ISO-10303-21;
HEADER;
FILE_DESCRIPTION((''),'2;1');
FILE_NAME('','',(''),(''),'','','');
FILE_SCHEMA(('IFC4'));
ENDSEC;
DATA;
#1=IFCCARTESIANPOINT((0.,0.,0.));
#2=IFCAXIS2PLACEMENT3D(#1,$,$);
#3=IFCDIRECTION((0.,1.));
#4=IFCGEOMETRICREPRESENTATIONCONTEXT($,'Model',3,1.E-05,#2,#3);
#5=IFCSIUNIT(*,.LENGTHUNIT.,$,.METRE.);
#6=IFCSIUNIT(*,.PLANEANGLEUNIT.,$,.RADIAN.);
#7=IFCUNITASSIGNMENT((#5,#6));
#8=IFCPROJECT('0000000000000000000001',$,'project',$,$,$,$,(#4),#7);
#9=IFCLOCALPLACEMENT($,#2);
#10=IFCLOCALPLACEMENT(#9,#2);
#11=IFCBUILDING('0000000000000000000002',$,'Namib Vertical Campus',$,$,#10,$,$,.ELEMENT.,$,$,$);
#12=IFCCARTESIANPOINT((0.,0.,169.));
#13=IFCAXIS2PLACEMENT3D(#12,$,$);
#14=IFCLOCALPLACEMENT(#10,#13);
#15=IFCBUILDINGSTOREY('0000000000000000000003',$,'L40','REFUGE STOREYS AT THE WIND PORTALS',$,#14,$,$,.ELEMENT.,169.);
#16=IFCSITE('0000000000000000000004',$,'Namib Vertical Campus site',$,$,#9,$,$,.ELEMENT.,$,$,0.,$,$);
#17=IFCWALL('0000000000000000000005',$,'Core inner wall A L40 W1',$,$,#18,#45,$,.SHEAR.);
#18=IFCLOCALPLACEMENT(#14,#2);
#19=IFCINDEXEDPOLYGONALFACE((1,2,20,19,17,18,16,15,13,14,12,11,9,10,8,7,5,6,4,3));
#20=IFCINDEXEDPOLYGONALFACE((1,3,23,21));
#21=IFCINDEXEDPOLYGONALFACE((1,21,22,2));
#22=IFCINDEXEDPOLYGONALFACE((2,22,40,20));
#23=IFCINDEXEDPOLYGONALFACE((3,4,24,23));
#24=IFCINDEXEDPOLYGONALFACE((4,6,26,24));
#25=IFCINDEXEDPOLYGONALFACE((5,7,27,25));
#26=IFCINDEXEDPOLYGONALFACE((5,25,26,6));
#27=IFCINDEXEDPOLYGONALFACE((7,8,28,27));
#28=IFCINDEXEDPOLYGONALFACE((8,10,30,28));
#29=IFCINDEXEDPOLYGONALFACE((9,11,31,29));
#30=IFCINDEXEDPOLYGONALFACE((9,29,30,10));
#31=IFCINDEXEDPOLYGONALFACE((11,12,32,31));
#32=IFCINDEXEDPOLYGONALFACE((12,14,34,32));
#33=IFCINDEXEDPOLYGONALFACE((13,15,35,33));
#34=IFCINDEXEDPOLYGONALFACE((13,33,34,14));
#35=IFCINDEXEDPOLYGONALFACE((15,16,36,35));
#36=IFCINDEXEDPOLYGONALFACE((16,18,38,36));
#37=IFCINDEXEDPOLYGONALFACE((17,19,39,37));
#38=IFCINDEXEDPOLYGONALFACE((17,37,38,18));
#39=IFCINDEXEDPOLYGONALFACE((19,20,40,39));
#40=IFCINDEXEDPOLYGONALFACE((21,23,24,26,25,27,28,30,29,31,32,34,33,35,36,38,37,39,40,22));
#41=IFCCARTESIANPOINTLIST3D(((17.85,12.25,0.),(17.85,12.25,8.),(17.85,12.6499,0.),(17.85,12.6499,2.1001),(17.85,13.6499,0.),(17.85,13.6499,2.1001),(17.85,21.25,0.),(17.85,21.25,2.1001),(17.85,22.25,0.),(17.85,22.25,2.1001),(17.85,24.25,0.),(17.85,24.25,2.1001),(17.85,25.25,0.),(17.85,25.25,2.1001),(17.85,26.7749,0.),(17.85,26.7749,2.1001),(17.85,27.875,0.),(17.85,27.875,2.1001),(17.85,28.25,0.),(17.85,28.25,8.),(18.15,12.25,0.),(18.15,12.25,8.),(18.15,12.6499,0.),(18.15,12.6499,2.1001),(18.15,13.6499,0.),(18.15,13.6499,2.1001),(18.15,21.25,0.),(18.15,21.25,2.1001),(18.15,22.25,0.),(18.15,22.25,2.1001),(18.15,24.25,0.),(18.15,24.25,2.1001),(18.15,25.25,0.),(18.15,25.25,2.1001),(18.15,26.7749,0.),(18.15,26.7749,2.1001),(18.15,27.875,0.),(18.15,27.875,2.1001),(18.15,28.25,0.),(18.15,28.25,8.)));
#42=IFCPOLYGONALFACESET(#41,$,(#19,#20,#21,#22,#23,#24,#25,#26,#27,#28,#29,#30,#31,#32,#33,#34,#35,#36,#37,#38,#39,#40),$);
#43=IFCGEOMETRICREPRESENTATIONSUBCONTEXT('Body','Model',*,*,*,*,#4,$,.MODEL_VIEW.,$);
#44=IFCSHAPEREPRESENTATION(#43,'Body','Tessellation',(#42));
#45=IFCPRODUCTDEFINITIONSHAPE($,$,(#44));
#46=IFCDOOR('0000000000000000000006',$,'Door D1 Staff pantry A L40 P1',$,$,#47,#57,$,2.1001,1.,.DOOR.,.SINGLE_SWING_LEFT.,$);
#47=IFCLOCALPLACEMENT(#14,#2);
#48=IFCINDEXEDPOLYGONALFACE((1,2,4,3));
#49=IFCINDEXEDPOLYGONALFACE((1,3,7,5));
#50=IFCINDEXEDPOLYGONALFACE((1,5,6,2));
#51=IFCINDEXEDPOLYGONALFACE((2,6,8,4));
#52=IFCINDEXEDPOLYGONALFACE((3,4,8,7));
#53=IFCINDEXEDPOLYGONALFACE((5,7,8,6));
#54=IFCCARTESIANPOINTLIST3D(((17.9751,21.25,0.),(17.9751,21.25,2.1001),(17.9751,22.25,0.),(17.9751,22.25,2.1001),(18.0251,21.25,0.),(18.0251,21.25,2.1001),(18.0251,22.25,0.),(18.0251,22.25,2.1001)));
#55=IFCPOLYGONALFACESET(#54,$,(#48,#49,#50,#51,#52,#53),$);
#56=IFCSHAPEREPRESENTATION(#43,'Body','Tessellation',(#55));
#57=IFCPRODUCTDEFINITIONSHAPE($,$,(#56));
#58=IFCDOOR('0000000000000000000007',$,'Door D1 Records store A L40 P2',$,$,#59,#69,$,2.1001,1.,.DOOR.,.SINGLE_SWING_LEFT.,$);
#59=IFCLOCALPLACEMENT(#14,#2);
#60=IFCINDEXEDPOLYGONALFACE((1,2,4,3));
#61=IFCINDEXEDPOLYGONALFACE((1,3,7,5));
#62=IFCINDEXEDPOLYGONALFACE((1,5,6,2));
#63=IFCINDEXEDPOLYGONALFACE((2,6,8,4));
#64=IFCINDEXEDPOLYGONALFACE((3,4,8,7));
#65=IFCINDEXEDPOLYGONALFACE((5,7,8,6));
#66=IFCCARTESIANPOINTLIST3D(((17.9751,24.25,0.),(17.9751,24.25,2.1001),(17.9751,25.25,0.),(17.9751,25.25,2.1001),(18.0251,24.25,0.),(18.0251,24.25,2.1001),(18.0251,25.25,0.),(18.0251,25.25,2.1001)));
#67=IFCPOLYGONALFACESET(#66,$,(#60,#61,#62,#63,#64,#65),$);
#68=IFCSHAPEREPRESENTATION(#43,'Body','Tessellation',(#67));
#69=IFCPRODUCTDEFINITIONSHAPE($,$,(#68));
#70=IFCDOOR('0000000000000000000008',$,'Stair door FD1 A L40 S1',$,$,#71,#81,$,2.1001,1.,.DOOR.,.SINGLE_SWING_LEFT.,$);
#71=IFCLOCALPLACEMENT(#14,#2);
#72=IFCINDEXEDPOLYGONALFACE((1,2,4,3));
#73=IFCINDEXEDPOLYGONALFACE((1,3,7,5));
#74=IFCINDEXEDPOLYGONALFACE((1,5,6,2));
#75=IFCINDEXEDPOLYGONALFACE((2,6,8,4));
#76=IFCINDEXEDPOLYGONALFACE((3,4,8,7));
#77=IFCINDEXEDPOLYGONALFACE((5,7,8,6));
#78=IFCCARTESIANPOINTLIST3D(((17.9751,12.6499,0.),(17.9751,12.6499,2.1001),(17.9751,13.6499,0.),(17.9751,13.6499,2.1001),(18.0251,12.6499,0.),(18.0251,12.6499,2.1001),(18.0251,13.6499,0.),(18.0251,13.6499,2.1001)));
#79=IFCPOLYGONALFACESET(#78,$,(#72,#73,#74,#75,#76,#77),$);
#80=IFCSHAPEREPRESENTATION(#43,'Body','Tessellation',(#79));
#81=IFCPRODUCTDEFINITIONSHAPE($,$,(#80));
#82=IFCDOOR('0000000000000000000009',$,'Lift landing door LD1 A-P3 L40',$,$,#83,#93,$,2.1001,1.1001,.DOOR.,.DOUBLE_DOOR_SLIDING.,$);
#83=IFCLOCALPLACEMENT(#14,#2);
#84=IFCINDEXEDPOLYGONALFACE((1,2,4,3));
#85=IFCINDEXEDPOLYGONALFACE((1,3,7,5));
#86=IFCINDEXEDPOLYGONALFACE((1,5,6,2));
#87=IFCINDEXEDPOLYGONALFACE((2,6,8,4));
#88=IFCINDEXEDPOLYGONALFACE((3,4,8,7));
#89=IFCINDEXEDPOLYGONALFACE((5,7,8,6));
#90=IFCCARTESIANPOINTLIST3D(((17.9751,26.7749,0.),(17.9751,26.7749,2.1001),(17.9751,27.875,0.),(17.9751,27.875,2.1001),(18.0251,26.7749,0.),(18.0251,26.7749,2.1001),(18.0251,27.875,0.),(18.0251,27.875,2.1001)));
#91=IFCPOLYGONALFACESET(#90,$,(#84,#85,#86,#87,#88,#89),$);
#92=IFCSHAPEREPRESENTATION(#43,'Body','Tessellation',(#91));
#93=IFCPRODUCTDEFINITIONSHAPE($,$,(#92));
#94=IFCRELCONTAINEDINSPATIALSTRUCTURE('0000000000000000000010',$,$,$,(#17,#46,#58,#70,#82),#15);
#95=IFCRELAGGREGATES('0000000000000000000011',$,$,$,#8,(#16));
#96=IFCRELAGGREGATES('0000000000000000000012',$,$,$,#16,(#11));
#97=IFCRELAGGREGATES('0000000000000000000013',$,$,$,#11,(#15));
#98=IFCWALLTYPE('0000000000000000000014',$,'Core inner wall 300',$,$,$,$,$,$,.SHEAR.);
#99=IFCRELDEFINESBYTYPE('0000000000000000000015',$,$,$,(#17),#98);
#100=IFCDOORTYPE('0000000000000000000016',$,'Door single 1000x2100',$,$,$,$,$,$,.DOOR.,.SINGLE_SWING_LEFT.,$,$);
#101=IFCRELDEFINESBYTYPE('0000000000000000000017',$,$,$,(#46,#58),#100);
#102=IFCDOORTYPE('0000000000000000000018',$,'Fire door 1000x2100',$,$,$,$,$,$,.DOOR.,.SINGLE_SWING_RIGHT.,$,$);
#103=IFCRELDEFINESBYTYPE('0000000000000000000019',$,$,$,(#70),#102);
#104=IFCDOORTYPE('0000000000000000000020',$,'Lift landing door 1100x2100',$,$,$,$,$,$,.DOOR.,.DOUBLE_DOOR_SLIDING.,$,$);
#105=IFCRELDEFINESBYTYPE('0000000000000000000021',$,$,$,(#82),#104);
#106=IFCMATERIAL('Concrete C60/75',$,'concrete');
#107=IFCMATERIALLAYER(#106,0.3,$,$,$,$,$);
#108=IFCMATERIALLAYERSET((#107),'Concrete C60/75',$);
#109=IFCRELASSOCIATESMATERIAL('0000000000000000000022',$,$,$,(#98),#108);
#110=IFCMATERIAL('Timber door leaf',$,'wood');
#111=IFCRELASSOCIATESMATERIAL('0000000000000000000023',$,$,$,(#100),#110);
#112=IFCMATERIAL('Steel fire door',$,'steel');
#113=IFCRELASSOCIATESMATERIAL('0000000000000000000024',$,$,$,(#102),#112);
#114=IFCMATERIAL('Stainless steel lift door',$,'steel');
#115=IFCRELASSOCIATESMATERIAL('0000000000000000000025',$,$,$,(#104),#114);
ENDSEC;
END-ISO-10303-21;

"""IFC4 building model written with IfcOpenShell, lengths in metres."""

from ifc_helpers import new_model, si_unit, direction, frame, frame_2d, origin, place, context, subcontext, project, spatial, rectangle, extrude, material, layer, layer_set, type_object, element, fill, save


model = new_model("IFC4")

# Units and contexts
model_context = context("Model", 3, precision=1e-05, world=origin(), true_north=direction((0.0, 1.0)))
body_context = subcontext(model_context, "Body", "Model", "MODEL_VIEW")
ifc_project = project(units=[si_unit("LENGTHUNIT", "METRE"), si_unit("PLANEANGLEUNIT", "RADIAN")], contexts=[model_context])

# Site, building, storey
site_placement = place(None, origin())
site = spatial("IfcSite", under=ifc_project, at=site_placement, Name="Namib Vertical Campus site", CompositionType="ELEMENT", RefElevation=0.0)
building_placement = place(site_placement, origin())
building = spatial("IfcBuilding", under=site, at=building_placement, Name="Namib Vertical Campus", CompositionType="ELEMENT")
storey_placement = place(building_placement, frame((0.0, 0.0, 169.0)))
storey = spatial("IfcBuildingStorey", under=building, at=storey_placement, Name="L40", Description="REFUGE STOREYS AT THE WIND PORTALS", CompositionType="ELEMENT", Elevation=169.0)

# Wall, openings, doors
ifc_material_1 = material(Name="Concrete C60/75", Category="concrete")
ifc_layer = layer(ifc_material_1, 0.3)
ifc_layer_set = layer_set([ifc_layer], Name="Concrete C60/75")
wall_type = type_object("IfcWallType", Name="Core inner wall 300", PredefinedType="SHEAR", material=ifc_layer_set)
wall_1_placement = place(storey_placement, frame((18.0, 12.25, 0.0), z_axis=(0.0, 0.0, 1.0), x_axis=(0.0, 1.0, 0.0)))
wall_1 = element("IfcWall", 1, at=wall_1_placement, inside=storey, type_object=wall_type, Name="Core inner wall A L40 W1", PredefinedType="SHEAR", context=body_context, shape_type="SweptSolid", body=[
    extrude(rectangle(XDim=16.0, YDim=0.3, at=frame_2d((8.0, 0.0))), origin(), (0.0, 0.0, 1.0), 8.0),
])
opening_1_placement = place(wall_1_placement, frame((0.3999, 0.0, 0.0)))
opening_1 = element("IfcOpeningElement", 2, at=opening_1_placement, cuts=wall_1, PredefinedType="OPENING", context=body_context, shape_type="SweptSolid", body=[
    extrude(rectangle(XDim=1.0, YDim=2.1001, at=frame_2d((0.5, 1.05))), frame((0.0, 0.1599, 0.0), z_axis=(0.0, -1.0, 0.0), x_axis=(1.0, 0.0, 0.0)), (0.0, 0.0, 1.0), 0.3201),
])
opening_2_placement = place(wall_1_placement, frame((14.5249, 0.0, 0.0)))
opening_2 = element("IfcOpeningElement", 3, at=opening_2_placement, cuts=wall_1, PredefinedType="OPENING", context=body_context, shape_type="SweptSolid", body=[
    extrude(rectangle(XDim=1.1001, YDim=2.1001, at=frame_2d((0.55, 1.05))), frame((0.0, 0.1599, 0.0), z_axis=(0.0, -1.0, 0.0), x_axis=(1.0, 0.0, 0.0)), (0.0, 0.0, 1.0), 0.3201),
])
opening_3_placement = place(wall_1_placement, frame((9.0, 0.0, 0.0)))
opening_3 = element("IfcOpeningElement", 4, at=opening_3_placement, cuts=wall_1, PredefinedType="OPENING", context=body_context, shape_type="SweptSolid", body=[
    extrude(rectangle(XDim=1.0, YDim=2.1001, at=frame_2d((0.5, 1.05))), frame((0.0, 0.1599, 0.0), z_axis=(0.0, -1.0, 0.0), x_axis=(1.0, 0.0, 0.0)), (0.0, 0.0, 1.0), 0.3201),
])
opening_4_placement = place(wall_1_placement, frame((12.0, 0.0, 0.0)))
opening_4 = element("IfcOpeningElement", 5, at=opening_4_placement, cuts=wall_1, PredefinedType="OPENING", context=body_context, shape_type="SweptSolid", body=[
    extrude(rectangle(XDim=1.0, YDim=2.1001, at=frame_2d((0.5, 1.05))), frame((0.0, 0.1599, 0.0), z_axis=(0.0, -1.0, 0.0), x_axis=(1.0, 0.0, 0.0)), (0.0, 0.0, 1.0), 0.3201),
])
ifc_material_2 = material(Name="Timber door leaf", Category="wood")
door_type_1 = type_object("IfcDoorType", Name="Door single 1000x2100", OperationType="SINGLE_SWING_LEFT", PredefinedType="DOOR", material=ifc_material_2)
door_1_placement = place(opening_3_placement, origin())
door_1 = element("IfcDoor", 6, at=door_1_placement, inside=storey, type_object=door_type_1, Name="Door D1 Staff pantry A L40 P1", OperationType="SINGLE_SWING_LEFT", OverallHeight=2.1001, OverallWidth=1.0, PredefinedType="DOOR", context=body_context, shape_type="SweptSolid", body=[
    extrude(rectangle(XDim=1.0, YDim=2.1001, at=frame_2d((0.5, 1.05))), frame((0.0, 0.0249, 0.0), z_axis=(0.0, -1.0, 0.0), x_axis=(1.0, 0.0, 0.0)), (0.0, 0.0, 1.0), 0.05),
])
fill(opening_3, door_1)
door_2_placement = place(opening_4_placement, origin())
door_2 = element("IfcDoor", 7, at=door_2_placement, inside=storey, type_object=door_type_1, Name="Door D1 Records store A L40 P2", OperationType="SINGLE_SWING_LEFT", OverallHeight=2.1001, OverallWidth=1.0, PredefinedType="DOOR", context=body_context, shape_type="SweptSolid", body=[
    extrude(rectangle(XDim=1.0, YDim=2.1001, at=frame_2d((0.5, 1.05))), frame((0.0, 0.0249, 0.0), z_axis=(0.0, -1.0, 0.0), x_axis=(1.0, 0.0, 0.0)), (0.0, 0.0, 1.0), 0.05),
])
fill(opening_4, door_2)
ifc_material_3 = material(Name="Steel fire door", Category="steel")
door_type_2 = type_object("IfcDoorType", Name="Fire door 1000x2100", OperationType="SINGLE_SWING_RIGHT", PredefinedType="DOOR", material=ifc_material_3)
door_3_placement = place(opening_1_placement, origin())
door_3 = element("IfcDoor", 8, at=door_3_placement, inside=storey, type_object=door_type_2, Name="Stair door FD1 A L40 S1", OperationType="SINGLE_SWING_LEFT", OverallHeight=2.1001, OverallWidth=1.0, PredefinedType="DOOR", context=body_context, shape_type="SweptSolid", body=[
    extrude(rectangle(XDim=1.0, YDim=2.1001, at=frame_2d((0.5, 1.05))), frame((0.0, 0.0249, 0.0), z_axis=(0.0, -1.0, 0.0), x_axis=(1.0, 0.0, 0.0)), (0.0, 0.0, 1.0), 0.05),
])
fill(opening_1, door_3)
ifc_material_4 = material(Name="Stainless steel lift door", Category="steel")
door_type_3 = type_object("IfcDoorType", Name="Lift landing door 1100x2100", OperationType="DOUBLE_DOOR_SLIDING", PredefinedType="DOOR", material=ifc_material_4)
door_4_placement = place(opening_2_placement, origin())
door_4 = element("IfcDoor", 9, at=door_4_placement, inside=storey, type_object=door_type_3, Name="Lift landing door LD1 A-P3 L40", OperationType="DOUBLE_DOOR_SLIDING", OverallHeight=2.1001, OverallWidth=1.1001, PredefinedType="DOOR", context=body_context, shape_type="SweptSolid", body=[
    extrude(rectangle(XDim=1.1001, YDim=2.1001, at=frame_2d((0.55, 1.05))), frame((0.0, 0.0249, 0.0), z_axis=(0.0, -1.0, 0.0), x_axis=(1.0, 0.0, 0.0)), (0.0, 0.0, 1.0), 0.05),
])
fill(opening_2, door_4)

save(model, "model.ifc")
